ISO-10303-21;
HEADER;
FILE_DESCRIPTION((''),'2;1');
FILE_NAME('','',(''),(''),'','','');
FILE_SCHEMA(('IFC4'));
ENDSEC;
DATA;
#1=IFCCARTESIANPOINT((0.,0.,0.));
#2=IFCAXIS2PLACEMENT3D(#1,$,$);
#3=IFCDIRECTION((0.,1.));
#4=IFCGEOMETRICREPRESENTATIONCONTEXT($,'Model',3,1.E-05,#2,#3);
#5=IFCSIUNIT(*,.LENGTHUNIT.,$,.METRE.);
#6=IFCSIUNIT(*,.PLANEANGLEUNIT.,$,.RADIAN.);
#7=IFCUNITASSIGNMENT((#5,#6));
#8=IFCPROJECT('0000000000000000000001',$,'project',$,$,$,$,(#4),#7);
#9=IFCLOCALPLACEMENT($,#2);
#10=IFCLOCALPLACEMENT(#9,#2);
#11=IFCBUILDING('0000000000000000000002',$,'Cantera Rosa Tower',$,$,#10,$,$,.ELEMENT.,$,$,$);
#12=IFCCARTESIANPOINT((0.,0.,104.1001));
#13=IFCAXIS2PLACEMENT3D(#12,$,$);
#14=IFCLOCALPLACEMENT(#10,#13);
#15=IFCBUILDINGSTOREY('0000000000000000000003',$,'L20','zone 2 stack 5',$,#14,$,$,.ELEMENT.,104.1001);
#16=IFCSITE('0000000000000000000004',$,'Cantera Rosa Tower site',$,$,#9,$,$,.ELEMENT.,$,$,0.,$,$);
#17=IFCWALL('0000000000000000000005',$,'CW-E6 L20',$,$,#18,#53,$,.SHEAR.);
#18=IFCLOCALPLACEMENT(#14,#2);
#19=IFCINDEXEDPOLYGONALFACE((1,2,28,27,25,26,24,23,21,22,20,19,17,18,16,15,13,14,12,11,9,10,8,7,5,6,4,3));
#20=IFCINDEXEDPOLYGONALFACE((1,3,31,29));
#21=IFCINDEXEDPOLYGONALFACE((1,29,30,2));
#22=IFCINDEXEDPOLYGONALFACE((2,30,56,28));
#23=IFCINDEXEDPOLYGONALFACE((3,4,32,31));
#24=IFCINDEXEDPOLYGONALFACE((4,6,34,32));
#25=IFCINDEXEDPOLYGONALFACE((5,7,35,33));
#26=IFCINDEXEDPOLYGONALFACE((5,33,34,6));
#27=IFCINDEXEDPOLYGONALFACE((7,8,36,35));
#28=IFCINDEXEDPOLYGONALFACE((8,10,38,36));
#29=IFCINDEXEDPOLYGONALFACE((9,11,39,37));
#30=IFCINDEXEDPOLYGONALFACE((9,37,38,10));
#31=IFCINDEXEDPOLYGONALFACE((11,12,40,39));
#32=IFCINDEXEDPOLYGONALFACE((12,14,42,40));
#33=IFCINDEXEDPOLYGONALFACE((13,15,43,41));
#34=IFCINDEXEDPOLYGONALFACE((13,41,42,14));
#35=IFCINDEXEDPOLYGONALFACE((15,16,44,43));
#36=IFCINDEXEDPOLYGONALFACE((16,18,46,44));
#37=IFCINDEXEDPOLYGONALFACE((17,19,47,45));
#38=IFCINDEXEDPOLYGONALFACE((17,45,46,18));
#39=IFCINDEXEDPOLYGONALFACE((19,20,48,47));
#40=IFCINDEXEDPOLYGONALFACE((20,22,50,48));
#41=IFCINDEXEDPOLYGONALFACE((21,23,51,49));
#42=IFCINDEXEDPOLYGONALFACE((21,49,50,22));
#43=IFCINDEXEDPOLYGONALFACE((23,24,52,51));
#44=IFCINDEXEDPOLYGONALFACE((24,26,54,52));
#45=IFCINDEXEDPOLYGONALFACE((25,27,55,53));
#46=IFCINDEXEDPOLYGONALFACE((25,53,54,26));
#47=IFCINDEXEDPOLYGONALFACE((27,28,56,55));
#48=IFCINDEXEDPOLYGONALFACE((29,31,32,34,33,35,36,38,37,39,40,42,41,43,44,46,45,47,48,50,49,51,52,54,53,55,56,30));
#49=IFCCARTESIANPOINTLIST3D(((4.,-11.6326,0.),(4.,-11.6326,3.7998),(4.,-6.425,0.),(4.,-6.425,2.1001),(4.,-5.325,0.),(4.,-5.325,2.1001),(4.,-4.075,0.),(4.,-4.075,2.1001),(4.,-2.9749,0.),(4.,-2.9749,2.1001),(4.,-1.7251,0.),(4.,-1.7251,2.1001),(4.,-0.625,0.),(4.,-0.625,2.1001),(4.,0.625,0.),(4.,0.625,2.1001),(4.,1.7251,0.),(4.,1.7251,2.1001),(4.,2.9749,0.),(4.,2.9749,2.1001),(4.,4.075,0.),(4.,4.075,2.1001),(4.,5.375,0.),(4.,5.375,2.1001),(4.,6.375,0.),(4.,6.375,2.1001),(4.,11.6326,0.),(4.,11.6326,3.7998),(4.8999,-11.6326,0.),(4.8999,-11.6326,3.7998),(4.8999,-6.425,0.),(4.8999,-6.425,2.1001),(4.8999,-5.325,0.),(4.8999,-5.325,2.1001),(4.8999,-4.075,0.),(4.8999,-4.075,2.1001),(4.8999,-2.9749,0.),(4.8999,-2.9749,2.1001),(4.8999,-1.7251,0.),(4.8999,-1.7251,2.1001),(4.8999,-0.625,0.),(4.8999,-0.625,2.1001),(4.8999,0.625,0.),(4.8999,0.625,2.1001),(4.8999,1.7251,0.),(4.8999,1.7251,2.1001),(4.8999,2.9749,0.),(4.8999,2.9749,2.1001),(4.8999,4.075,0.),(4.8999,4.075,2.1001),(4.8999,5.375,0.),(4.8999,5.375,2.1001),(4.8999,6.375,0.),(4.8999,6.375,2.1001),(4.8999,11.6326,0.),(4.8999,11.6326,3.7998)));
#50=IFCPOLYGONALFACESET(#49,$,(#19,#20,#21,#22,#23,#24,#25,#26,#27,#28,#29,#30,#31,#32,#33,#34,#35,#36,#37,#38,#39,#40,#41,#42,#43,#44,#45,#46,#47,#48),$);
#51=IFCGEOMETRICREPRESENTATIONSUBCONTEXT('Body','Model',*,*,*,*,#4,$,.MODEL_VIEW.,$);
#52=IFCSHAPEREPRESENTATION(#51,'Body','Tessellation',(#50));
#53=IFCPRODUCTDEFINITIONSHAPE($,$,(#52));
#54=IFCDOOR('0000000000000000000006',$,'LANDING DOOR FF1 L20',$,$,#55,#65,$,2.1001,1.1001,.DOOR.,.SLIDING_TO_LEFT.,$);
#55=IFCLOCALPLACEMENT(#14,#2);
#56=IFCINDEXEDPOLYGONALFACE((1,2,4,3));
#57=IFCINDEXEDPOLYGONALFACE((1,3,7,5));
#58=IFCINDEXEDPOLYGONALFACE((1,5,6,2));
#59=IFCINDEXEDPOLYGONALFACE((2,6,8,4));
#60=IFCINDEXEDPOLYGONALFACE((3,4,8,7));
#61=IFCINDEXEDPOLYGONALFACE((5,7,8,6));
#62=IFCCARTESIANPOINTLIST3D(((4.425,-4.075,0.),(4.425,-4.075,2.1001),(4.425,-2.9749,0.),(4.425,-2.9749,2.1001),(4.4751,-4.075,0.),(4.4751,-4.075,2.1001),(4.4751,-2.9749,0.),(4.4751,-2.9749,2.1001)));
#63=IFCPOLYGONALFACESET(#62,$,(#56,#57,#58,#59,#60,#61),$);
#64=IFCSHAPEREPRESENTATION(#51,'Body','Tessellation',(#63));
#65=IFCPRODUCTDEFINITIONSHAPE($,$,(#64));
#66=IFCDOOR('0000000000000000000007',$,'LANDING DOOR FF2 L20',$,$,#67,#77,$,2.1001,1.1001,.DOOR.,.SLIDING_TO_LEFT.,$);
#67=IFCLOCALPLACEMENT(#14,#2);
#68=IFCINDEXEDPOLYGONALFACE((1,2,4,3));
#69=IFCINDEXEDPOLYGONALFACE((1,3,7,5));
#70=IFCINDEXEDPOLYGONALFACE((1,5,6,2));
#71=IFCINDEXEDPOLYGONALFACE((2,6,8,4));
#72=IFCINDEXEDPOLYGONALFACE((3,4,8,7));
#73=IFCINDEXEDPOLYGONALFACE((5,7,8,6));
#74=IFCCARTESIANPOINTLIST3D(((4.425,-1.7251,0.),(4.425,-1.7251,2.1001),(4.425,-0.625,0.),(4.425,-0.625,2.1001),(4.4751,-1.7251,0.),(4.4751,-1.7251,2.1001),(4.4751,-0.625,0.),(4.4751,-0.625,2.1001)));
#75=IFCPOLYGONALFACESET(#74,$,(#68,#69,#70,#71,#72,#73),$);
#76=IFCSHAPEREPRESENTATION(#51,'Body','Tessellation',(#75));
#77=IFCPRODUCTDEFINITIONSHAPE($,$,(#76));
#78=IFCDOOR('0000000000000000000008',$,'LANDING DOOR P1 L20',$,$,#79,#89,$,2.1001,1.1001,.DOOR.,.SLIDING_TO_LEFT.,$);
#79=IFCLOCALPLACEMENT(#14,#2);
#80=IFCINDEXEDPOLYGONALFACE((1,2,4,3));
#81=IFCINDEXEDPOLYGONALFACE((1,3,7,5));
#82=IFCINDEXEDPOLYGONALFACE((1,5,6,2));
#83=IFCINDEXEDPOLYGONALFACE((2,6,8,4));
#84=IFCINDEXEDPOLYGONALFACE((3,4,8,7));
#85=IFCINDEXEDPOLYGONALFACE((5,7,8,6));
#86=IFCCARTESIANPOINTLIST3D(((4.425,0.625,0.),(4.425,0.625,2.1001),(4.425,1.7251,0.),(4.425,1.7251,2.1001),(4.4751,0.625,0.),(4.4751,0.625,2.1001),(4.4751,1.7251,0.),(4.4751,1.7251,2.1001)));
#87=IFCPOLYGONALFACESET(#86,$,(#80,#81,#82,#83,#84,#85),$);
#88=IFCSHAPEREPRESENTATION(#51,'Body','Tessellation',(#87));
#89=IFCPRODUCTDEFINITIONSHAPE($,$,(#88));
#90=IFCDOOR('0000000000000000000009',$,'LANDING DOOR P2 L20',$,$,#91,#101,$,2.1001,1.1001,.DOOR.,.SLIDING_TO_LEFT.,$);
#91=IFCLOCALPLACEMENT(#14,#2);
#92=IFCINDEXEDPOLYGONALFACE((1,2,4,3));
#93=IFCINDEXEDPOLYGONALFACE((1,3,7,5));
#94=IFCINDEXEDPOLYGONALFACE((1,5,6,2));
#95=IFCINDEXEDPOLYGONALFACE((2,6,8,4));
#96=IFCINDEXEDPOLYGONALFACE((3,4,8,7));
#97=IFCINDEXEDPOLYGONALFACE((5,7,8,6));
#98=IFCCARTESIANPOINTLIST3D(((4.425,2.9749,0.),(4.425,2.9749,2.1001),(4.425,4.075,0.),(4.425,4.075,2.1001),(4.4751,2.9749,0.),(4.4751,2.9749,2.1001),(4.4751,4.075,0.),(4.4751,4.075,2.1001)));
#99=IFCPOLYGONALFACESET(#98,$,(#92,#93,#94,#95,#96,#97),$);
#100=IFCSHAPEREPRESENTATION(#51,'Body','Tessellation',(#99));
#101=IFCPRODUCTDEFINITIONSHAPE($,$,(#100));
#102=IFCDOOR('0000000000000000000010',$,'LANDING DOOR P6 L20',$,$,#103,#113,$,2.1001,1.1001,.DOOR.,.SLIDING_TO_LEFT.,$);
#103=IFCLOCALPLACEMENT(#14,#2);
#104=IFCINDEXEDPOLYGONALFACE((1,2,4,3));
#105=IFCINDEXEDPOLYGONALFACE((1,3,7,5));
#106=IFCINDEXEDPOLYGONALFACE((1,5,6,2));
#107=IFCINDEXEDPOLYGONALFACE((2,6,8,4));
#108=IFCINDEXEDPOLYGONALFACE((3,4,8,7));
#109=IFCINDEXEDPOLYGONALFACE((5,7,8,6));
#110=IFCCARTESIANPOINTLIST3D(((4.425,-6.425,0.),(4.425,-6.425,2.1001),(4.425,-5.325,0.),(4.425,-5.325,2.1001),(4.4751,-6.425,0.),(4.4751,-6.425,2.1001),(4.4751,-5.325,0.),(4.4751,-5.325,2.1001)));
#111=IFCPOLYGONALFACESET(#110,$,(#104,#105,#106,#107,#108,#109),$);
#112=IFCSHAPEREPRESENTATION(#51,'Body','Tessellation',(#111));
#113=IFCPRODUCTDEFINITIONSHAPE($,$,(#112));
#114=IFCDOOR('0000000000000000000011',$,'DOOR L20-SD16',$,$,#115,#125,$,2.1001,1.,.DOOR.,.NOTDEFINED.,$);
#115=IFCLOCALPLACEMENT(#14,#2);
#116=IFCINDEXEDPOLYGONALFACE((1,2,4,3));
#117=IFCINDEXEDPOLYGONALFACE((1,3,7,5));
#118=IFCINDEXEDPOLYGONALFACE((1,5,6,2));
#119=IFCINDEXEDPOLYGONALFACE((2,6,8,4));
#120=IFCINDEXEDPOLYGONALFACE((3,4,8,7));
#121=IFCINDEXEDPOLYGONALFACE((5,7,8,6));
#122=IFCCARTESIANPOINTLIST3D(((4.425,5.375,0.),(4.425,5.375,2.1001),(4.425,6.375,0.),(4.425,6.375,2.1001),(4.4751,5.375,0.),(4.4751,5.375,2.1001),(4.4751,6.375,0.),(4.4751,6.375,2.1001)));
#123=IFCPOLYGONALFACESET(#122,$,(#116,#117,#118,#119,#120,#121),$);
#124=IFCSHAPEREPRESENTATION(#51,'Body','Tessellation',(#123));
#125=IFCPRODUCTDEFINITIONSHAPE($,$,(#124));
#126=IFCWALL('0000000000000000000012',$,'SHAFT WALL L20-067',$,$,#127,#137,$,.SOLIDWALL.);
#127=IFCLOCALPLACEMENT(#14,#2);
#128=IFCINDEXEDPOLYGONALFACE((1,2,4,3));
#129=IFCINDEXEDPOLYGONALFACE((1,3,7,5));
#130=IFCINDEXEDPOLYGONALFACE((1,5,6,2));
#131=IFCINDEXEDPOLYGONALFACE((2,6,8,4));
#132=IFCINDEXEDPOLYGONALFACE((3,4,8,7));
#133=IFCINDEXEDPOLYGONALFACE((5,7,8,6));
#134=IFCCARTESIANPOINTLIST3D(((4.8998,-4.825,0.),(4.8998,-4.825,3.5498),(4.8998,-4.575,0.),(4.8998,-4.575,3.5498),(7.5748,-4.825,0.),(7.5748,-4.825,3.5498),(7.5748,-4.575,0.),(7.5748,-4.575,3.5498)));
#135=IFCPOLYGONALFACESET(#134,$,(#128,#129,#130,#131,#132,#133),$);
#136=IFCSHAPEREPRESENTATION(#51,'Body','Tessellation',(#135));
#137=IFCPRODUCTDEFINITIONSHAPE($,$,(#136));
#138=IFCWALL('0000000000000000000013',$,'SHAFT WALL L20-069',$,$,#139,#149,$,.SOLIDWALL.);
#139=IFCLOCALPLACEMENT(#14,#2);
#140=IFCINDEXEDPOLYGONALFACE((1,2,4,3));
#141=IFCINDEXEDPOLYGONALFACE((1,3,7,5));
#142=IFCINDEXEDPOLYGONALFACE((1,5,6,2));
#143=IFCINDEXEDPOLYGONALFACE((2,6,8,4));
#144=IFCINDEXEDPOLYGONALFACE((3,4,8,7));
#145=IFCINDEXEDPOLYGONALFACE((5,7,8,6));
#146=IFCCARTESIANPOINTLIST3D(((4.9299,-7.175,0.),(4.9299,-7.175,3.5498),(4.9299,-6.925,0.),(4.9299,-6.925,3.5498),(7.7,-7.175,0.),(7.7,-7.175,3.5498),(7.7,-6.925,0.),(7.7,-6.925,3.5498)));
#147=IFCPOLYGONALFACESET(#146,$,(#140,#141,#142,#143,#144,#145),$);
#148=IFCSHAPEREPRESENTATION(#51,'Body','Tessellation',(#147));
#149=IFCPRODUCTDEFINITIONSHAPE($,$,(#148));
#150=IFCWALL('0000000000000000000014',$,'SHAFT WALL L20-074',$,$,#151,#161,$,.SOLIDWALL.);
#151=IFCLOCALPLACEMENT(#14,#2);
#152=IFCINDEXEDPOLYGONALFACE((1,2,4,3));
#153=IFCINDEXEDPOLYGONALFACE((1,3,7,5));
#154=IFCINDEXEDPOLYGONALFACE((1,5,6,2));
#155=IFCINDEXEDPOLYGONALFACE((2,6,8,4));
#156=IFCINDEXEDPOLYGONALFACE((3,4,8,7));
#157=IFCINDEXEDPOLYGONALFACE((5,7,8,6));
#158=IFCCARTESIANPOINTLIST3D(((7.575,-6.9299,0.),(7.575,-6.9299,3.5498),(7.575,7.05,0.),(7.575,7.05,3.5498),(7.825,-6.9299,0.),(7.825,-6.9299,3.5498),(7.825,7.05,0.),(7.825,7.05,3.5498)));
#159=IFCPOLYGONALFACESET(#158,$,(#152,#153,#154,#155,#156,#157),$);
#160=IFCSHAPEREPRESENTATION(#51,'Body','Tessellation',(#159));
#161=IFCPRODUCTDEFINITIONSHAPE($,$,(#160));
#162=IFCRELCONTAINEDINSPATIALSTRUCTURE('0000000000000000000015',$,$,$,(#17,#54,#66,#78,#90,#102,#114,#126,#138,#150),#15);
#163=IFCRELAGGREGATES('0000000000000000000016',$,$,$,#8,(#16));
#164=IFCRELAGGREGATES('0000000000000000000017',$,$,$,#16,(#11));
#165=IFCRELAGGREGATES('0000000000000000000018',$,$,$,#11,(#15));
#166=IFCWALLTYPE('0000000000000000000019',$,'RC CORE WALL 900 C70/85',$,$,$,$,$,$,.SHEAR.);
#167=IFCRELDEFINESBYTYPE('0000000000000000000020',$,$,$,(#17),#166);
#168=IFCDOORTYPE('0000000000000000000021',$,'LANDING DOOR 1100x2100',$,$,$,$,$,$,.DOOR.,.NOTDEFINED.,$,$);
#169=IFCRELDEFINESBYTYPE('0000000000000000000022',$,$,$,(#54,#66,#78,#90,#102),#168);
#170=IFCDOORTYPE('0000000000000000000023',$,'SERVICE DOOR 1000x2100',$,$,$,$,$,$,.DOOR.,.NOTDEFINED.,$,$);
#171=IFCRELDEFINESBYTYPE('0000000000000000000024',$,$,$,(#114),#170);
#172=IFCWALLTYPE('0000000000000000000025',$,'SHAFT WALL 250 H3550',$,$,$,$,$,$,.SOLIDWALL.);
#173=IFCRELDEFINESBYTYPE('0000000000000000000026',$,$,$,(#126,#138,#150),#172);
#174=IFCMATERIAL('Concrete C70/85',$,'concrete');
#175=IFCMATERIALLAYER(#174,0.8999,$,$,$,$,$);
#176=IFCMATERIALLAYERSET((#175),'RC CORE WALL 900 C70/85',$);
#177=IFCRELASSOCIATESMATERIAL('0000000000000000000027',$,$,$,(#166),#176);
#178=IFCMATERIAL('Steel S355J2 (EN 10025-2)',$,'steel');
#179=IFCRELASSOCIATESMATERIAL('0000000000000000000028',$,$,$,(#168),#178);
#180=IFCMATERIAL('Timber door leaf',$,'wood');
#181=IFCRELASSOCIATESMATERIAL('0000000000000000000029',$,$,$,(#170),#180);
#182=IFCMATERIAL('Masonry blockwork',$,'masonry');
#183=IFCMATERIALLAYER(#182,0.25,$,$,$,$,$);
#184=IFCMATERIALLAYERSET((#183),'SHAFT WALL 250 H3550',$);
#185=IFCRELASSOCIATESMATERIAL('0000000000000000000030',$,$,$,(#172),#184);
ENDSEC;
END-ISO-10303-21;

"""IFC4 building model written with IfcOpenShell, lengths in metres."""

from ifc_helpers import new_model, si_unit, direction, frame, frame_2d, origin, place, context, subcontext, project, spatial, rectangle, extrude, material, layer, layer_set, type_object, element, fill, save


model = new_model("IFC4")

# Units and contexts
model_context = context("Model", 3, precision=1e-05, world=origin(), true_north=direction((0.0, 1.0)))
body_context = subcontext(model_context, "Body", "Model", "MODEL_VIEW")
ifc_project = project(units=[si_unit("LENGTHUNIT", "METRE"), si_unit("PLANEANGLEUNIT", "RADIAN")], contexts=[model_context])

# Site, building, storey
site_placement = place(None, origin())
site = spatial("IfcSite", under=ifc_project, at=site_placement, Name="Cantera Rosa Tower site", CompositionType="ELEMENT", RefElevation=0.0)
building_placement = place(site_placement, origin())
building = spatial("IfcBuilding", under=site, at=building_placement, Name="Cantera Rosa Tower", CompositionType="ELEMENT")
storey_placement = place(building_placement, frame((0.0, 0.0, 104.1001)))
storey = spatial("IfcBuildingStorey", under=building, at=storey_placement, Name="L20", Description="zone 2 stack 5", CompositionType="ELEMENT", Elevation=104.1001)

# Shared definitions
ifc_material_1 = material(Name="Concrete C70/85", Category="concrete")
ifc_layer_1 = layer(ifc_material_1, 0.8999)
ifc_layer_set_1 = layer_set([ifc_layer_1], Name="RC CORE WALL 900 C70/85")
wall_type_1 = type_object("IfcWallType", Name="RC CORE WALL 900 C70/85", PredefinedType="SHEAR", material=ifc_layer_set_1)

# Wall, openings, doors
wall_1_placement = place(storey_placement, frame((4.45, -11.6326, 0.0), z_axis=(0.0, 0.0, 1.0), x_axis=(0.0, 1.0, 0.0)))
wall_1 = element("IfcWall", 1, at=wall_1_placement, inside=storey, type_object=wall_type_1, Name="CW-E6 L20", PredefinedType="SHEAR", context=body_context, shape_type="SweptSolid", body=[
    extrude(rectangle(XDim=23.2651, YDim=0.8999, at=frame_2d((11.6326, 0.0))), origin(), (0.0, 0.0, 1.0), 3.7998),
])
opening_1_placement = place(wall_1_placement, frame((7.5576, 0.0, 0.0)))
opening_1 = element("IfcOpeningElement", 2, at=opening_1_placement, cuts=wall_1, PredefinedType="OPENING", context=body_context, shape_type="SweptSolid", body=[
    extrude(rectangle(XDim=1.1001, YDim=2.1001, at=frame_2d((0.55, 1.05))), frame((0.0, 0.46, 0.0), z_axis=(0.0, -1.0, 0.0), x_axis=(1.0, 0.0, 0.0)), (0.0, 0.0, 1.0), 0.9199),
])
opening_2_placement = place(wall_1_placement, frame((9.9075, 0.0, 0.0)))
opening_2 = element("IfcOpeningElement", 3, at=opening_2_placement, cuts=wall_1, PredefinedType="OPENING", context=body_context, shape_type="SweptSolid", body=[
    extrude(rectangle(XDim=1.1001, YDim=2.1001, at=frame_2d((0.55, 1.05))), frame((0.0, 0.46, 0.0), z_axis=(0.0, -1.0, 0.0), x_axis=(1.0, 0.0, 0.0)), (0.0, 0.0, 1.0), 0.9199),
])
opening_3_placement = place(wall_1_placement, frame((12.2576, 0.0, 0.0)))
opening_3 = element("IfcOpeningElement", 4, at=opening_3_placement, cuts=wall_1, PredefinedType="OPENING", context=body_context, shape_type="SweptSolid", body=[
    extrude(rectangle(XDim=1.1001, YDim=2.1001, at=frame_2d((0.55, 1.05))), frame((0.0, 0.46, 0.0), z_axis=(0.0, -1.0, 0.0), x_axis=(1.0, 0.0, 0.0)), (0.0, 0.0, 1.0), 0.9199),
])
opening_4_placement = place(wall_1_placement, frame((14.6074, 0.0, 0.0)))
opening_4 = element("IfcOpeningElement", 5, at=opening_4_placement, cuts=wall_1, PredefinedType="OPENING", context=body_context, shape_type="SweptSolid", body=[
    extrude(rectangle(XDim=1.1001, YDim=2.1001, at=frame_2d((0.55, 1.05))), frame((0.0, 0.46, 0.0), z_axis=(0.0, -1.0, 0.0), x_axis=(1.0, 0.0, 0.0)), (0.0, 0.0, 1.0), 0.9199),
])
opening_5_placement = place(wall_1_placement, frame((5.2075, 0.0, 0.0)))
opening_5 = element("IfcOpeningElement", 6, at=opening_5_placement, cuts=wall_1, PredefinedType="OPENING", context=body_context, shape_type="SweptSolid", body=[
    extrude(rectangle(XDim=1.1001, YDim=2.1001, at=frame_2d((0.55, 1.05))), frame((0.0, 0.46, 0.0), z_axis=(0.0, -1.0, 0.0), x_axis=(1.0, 0.0, 0.0)), (0.0, 0.0, 1.0), 0.9199),
])
opening_6_placement = place(wall_1_placement, frame((17.0076, 0.0, 0.0)))
opening_6 = element("IfcOpeningElement", 7, at=opening_6_placement, cuts=wall_1, PredefinedType="OPENING", context=body_context, shape_type="SweptSolid", body=[
    extrude(rectangle(XDim=1.0, YDim=2.1001, at=frame_2d((0.5, 1.05))), frame((0.0, 0.46, 0.0), z_axis=(0.0, -1.0, 0.0), x_axis=(1.0, 0.0, 0.0)), (0.0, 0.0, 1.0), 0.9199),
])
ifc_material_2 = material(Name="Steel S355J2 (EN 10025-2)", Category="steel")
door_type_1 = type_object("IfcDoorType", Name="LANDING DOOR 1100x2100", OperationType="NOTDEFINED", PredefinedType="DOOR", material=ifc_material_2)
door_1_placement = place(opening_1_placement, origin())
door_1 = element("IfcDoor", 8, at=door_1_placement, inside=storey, type_object=door_type_1, Name="LANDING DOOR FF1 L20", OperationType="SLIDING_TO_LEFT", OverallHeight=2.1001, OverallWidth=1.1001, PredefinedType="DOOR", context=body_context, shape_type="SweptSolid", body=[
    extrude(rectangle(XDim=1.1001, YDim=2.1001, at=frame_2d((0.55, 1.05))), frame((0.0, 0.0249, 0.0), z_axis=(0.0, -1.0, 0.0), x_axis=(1.0, 0.0, 0.0)), (0.0, 0.0, 1.0), 0.05),
])
fill(opening_1, door_1)
door_2_placement = place(opening_2_placement, origin())
door_2 = element("IfcDoor", 9, at=door_2_placement, inside=storey, type_object=door_type_1, Name="LANDING DOOR FF2 L20", OperationType="SLIDING_TO_LEFT", OverallHeight=2.1001, OverallWidth=1.1001, PredefinedType="DOOR", context=body_context, shape_type="SweptSolid", body=[
    extrude(rectangle(XDim=1.1001, YDim=2.1001, at=frame_2d((0.55, 1.05))), frame((0.0, 0.0249, 0.0), z_axis=(0.0, -1.0, 0.0), x_axis=(1.0, 0.0, 0.0)), (0.0, 0.0, 1.0), 0.05),
])
fill(opening_2, door_2)
door_3_placement = place(opening_3_placement, origin())
door_3 = element("IfcDoor", 10, at=door_3_placement, inside=storey, type_object=door_type_1, Name="LANDING DOOR P1 L20", OperationType="SLIDING_TO_LEFT", OverallHeight=2.1001, OverallWidth=1.1001, PredefinedType="DOOR", context=body_context, shape_type="SweptSolid", body=[
    extrude(rectangle(XDim=1.1001, YDim=2.1001, at=frame_2d((0.55, 1.05))), frame((0.0, 0.0249, 0.0), z_axis=(0.0, -1.0, 0.0), x_axis=(1.0, 0.0, 0.0)), (0.0, 0.0, 1.0), 0.05),
])
fill(opening_3, door_3)
door_4_placement = place(opening_4_placement, origin())
door_4 = element("IfcDoor", 11, at=door_4_placement, inside=storey, type_object=door_type_1, Name="LANDING DOOR P2 L20", OperationType="SLIDING_TO_LEFT", OverallHeight=2.1001, OverallWidth=1.1001, PredefinedType="DOOR", context=body_context, shape_type="SweptSolid", body=[
    extrude(rectangle(XDim=1.1001, YDim=2.1001, at=frame_2d((0.55, 1.05))), frame((0.0, 0.0249, 0.0), z_axis=(0.0, -1.0, 0.0), x_axis=(1.0, 0.0, 0.0)), (0.0, 0.0, 1.0), 0.05),
])
fill(opening_4, door_4)
door_5_placement = place(opening_5_placement, origin())
door_5 = element("IfcDoor", 12, at=door_5_placement, inside=storey, type_object=door_type_1, Name="LANDING DOOR P6 L20", OperationType="SLIDING_TO_LEFT", OverallHeight=2.1001, OverallWidth=1.1001, PredefinedType="DOOR", context=body_context, shape_type="SweptSolid", body=[
    extrude(rectangle(XDim=1.1001, YDim=2.1001, at=frame_2d((0.55, 1.05))), frame((0.0, 0.0249, 0.0), z_axis=(0.0, -1.0, 0.0), x_axis=(1.0, 0.0, 0.0)), (0.0, 0.0, 1.0), 0.05),
])
fill(opening_5, door_5)
ifc_material_3 = material(Name="Timber door leaf", Category="wood")
door_type_2 = type_object("IfcDoorType", Name="SERVICE DOOR 1000x2100", OperationType="NOTDEFINED", PredefinedType="DOOR", material=ifc_material_3)
door_6_placement = place(opening_6_placement, origin())
door_6 = element("IfcDoor", 13, at=door_6_placement, inside=storey, type_object=door_type_2, Name="DOOR L20-SD16", OperationType="NOTDEFINED", OverallHeight=2.1001, OverallWidth=1.0, PredefinedType="DOOR", context=body_context, shape_type="SweptSolid", body=[
    extrude(rectangle(XDim=1.0, YDim=2.1001, at=frame_2d((0.5, 1.05))), frame((0.0, 0.0249, 0.0), z_axis=(0.0, -1.0, 0.0), x_axis=(1.0, 0.0, 0.0)), (0.0, 0.0, 1.0), 0.05),
])
fill(opening_6, door_6)

# Walls
ifc_material_4 = material(Name="Masonry blockwork", Category="masonry")
ifc_layer_2 = layer(ifc_material_4, 0.25)
ifc_layer_set_2 = layer_set([ifc_layer_2], Name="SHAFT WALL 250 H3550")
wall_type_2 = type_object("IfcWallType", Name="SHAFT WALL 250 H3550", PredefinedType="SOLIDWALL", material=ifc_layer_set_2)
wall_2_placement = place(storey_placement, frame((4.8999, -4.7, 0.0), z_axis=(0.0, 0.0, 1.0), x_axis=(1.0, 0.0, 0.0)))
element("IfcWall", 14, at=wall_2_placement, inside=storey, type_object=wall_type_2, Name="SHAFT WALL L20-067", PredefinedType="SOLIDWALL", context=body_context, shape_type="SweptSolid", body=[
    extrude(rectangle(XDim=2.675, YDim=0.25, at=frame_2d((1.3374, 0.0))), origin(), (0.0, 0.0, 1.0), 3.5498),
])
wall_3_placement = place(storey_placement, frame((4.9299, -7.05, 0.0), z_axis=(0.0, 0.0, 1.0), x_axis=(1.0, 0.0, 0.0)))
element("IfcWall", 15, at=wall_3_placement, inside=storey, type_object=wall_type_2, Name="SHAFT WALL L20-069", PredefinedType="SOLIDWALL", context=body_context, shape_type="SweptSolid", body=[
    extrude(rectangle(XDim=2.77, YDim=0.25, at=frame_2d((1.385, 0.0))), origin(), (0.0, 0.0, 1.0), 3.5498),
])
wall_4_placement = place(storey_placement, frame((7.7, -6.9299, 0.0), z_axis=(0.0, 0.0, 1.0), x_axis=(0.0, 1.0, 0.0)))
element("IfcWall", 16, at=wall_4_placement, inside=storey, type_object=wall_type_2, Name="SHAFT WALL L20-074", PredefinedType="SOLIDWALL", context=body_context, shape_type="SweptSolid", body=[
    extrude(rectangle(XDim=13.98, YDim=0.25, at=frame_2d((6.99, 0.0))), origin(), (0.0, 0.0, 1.0), 3.5498),
])

save(model, "model.ifc")
